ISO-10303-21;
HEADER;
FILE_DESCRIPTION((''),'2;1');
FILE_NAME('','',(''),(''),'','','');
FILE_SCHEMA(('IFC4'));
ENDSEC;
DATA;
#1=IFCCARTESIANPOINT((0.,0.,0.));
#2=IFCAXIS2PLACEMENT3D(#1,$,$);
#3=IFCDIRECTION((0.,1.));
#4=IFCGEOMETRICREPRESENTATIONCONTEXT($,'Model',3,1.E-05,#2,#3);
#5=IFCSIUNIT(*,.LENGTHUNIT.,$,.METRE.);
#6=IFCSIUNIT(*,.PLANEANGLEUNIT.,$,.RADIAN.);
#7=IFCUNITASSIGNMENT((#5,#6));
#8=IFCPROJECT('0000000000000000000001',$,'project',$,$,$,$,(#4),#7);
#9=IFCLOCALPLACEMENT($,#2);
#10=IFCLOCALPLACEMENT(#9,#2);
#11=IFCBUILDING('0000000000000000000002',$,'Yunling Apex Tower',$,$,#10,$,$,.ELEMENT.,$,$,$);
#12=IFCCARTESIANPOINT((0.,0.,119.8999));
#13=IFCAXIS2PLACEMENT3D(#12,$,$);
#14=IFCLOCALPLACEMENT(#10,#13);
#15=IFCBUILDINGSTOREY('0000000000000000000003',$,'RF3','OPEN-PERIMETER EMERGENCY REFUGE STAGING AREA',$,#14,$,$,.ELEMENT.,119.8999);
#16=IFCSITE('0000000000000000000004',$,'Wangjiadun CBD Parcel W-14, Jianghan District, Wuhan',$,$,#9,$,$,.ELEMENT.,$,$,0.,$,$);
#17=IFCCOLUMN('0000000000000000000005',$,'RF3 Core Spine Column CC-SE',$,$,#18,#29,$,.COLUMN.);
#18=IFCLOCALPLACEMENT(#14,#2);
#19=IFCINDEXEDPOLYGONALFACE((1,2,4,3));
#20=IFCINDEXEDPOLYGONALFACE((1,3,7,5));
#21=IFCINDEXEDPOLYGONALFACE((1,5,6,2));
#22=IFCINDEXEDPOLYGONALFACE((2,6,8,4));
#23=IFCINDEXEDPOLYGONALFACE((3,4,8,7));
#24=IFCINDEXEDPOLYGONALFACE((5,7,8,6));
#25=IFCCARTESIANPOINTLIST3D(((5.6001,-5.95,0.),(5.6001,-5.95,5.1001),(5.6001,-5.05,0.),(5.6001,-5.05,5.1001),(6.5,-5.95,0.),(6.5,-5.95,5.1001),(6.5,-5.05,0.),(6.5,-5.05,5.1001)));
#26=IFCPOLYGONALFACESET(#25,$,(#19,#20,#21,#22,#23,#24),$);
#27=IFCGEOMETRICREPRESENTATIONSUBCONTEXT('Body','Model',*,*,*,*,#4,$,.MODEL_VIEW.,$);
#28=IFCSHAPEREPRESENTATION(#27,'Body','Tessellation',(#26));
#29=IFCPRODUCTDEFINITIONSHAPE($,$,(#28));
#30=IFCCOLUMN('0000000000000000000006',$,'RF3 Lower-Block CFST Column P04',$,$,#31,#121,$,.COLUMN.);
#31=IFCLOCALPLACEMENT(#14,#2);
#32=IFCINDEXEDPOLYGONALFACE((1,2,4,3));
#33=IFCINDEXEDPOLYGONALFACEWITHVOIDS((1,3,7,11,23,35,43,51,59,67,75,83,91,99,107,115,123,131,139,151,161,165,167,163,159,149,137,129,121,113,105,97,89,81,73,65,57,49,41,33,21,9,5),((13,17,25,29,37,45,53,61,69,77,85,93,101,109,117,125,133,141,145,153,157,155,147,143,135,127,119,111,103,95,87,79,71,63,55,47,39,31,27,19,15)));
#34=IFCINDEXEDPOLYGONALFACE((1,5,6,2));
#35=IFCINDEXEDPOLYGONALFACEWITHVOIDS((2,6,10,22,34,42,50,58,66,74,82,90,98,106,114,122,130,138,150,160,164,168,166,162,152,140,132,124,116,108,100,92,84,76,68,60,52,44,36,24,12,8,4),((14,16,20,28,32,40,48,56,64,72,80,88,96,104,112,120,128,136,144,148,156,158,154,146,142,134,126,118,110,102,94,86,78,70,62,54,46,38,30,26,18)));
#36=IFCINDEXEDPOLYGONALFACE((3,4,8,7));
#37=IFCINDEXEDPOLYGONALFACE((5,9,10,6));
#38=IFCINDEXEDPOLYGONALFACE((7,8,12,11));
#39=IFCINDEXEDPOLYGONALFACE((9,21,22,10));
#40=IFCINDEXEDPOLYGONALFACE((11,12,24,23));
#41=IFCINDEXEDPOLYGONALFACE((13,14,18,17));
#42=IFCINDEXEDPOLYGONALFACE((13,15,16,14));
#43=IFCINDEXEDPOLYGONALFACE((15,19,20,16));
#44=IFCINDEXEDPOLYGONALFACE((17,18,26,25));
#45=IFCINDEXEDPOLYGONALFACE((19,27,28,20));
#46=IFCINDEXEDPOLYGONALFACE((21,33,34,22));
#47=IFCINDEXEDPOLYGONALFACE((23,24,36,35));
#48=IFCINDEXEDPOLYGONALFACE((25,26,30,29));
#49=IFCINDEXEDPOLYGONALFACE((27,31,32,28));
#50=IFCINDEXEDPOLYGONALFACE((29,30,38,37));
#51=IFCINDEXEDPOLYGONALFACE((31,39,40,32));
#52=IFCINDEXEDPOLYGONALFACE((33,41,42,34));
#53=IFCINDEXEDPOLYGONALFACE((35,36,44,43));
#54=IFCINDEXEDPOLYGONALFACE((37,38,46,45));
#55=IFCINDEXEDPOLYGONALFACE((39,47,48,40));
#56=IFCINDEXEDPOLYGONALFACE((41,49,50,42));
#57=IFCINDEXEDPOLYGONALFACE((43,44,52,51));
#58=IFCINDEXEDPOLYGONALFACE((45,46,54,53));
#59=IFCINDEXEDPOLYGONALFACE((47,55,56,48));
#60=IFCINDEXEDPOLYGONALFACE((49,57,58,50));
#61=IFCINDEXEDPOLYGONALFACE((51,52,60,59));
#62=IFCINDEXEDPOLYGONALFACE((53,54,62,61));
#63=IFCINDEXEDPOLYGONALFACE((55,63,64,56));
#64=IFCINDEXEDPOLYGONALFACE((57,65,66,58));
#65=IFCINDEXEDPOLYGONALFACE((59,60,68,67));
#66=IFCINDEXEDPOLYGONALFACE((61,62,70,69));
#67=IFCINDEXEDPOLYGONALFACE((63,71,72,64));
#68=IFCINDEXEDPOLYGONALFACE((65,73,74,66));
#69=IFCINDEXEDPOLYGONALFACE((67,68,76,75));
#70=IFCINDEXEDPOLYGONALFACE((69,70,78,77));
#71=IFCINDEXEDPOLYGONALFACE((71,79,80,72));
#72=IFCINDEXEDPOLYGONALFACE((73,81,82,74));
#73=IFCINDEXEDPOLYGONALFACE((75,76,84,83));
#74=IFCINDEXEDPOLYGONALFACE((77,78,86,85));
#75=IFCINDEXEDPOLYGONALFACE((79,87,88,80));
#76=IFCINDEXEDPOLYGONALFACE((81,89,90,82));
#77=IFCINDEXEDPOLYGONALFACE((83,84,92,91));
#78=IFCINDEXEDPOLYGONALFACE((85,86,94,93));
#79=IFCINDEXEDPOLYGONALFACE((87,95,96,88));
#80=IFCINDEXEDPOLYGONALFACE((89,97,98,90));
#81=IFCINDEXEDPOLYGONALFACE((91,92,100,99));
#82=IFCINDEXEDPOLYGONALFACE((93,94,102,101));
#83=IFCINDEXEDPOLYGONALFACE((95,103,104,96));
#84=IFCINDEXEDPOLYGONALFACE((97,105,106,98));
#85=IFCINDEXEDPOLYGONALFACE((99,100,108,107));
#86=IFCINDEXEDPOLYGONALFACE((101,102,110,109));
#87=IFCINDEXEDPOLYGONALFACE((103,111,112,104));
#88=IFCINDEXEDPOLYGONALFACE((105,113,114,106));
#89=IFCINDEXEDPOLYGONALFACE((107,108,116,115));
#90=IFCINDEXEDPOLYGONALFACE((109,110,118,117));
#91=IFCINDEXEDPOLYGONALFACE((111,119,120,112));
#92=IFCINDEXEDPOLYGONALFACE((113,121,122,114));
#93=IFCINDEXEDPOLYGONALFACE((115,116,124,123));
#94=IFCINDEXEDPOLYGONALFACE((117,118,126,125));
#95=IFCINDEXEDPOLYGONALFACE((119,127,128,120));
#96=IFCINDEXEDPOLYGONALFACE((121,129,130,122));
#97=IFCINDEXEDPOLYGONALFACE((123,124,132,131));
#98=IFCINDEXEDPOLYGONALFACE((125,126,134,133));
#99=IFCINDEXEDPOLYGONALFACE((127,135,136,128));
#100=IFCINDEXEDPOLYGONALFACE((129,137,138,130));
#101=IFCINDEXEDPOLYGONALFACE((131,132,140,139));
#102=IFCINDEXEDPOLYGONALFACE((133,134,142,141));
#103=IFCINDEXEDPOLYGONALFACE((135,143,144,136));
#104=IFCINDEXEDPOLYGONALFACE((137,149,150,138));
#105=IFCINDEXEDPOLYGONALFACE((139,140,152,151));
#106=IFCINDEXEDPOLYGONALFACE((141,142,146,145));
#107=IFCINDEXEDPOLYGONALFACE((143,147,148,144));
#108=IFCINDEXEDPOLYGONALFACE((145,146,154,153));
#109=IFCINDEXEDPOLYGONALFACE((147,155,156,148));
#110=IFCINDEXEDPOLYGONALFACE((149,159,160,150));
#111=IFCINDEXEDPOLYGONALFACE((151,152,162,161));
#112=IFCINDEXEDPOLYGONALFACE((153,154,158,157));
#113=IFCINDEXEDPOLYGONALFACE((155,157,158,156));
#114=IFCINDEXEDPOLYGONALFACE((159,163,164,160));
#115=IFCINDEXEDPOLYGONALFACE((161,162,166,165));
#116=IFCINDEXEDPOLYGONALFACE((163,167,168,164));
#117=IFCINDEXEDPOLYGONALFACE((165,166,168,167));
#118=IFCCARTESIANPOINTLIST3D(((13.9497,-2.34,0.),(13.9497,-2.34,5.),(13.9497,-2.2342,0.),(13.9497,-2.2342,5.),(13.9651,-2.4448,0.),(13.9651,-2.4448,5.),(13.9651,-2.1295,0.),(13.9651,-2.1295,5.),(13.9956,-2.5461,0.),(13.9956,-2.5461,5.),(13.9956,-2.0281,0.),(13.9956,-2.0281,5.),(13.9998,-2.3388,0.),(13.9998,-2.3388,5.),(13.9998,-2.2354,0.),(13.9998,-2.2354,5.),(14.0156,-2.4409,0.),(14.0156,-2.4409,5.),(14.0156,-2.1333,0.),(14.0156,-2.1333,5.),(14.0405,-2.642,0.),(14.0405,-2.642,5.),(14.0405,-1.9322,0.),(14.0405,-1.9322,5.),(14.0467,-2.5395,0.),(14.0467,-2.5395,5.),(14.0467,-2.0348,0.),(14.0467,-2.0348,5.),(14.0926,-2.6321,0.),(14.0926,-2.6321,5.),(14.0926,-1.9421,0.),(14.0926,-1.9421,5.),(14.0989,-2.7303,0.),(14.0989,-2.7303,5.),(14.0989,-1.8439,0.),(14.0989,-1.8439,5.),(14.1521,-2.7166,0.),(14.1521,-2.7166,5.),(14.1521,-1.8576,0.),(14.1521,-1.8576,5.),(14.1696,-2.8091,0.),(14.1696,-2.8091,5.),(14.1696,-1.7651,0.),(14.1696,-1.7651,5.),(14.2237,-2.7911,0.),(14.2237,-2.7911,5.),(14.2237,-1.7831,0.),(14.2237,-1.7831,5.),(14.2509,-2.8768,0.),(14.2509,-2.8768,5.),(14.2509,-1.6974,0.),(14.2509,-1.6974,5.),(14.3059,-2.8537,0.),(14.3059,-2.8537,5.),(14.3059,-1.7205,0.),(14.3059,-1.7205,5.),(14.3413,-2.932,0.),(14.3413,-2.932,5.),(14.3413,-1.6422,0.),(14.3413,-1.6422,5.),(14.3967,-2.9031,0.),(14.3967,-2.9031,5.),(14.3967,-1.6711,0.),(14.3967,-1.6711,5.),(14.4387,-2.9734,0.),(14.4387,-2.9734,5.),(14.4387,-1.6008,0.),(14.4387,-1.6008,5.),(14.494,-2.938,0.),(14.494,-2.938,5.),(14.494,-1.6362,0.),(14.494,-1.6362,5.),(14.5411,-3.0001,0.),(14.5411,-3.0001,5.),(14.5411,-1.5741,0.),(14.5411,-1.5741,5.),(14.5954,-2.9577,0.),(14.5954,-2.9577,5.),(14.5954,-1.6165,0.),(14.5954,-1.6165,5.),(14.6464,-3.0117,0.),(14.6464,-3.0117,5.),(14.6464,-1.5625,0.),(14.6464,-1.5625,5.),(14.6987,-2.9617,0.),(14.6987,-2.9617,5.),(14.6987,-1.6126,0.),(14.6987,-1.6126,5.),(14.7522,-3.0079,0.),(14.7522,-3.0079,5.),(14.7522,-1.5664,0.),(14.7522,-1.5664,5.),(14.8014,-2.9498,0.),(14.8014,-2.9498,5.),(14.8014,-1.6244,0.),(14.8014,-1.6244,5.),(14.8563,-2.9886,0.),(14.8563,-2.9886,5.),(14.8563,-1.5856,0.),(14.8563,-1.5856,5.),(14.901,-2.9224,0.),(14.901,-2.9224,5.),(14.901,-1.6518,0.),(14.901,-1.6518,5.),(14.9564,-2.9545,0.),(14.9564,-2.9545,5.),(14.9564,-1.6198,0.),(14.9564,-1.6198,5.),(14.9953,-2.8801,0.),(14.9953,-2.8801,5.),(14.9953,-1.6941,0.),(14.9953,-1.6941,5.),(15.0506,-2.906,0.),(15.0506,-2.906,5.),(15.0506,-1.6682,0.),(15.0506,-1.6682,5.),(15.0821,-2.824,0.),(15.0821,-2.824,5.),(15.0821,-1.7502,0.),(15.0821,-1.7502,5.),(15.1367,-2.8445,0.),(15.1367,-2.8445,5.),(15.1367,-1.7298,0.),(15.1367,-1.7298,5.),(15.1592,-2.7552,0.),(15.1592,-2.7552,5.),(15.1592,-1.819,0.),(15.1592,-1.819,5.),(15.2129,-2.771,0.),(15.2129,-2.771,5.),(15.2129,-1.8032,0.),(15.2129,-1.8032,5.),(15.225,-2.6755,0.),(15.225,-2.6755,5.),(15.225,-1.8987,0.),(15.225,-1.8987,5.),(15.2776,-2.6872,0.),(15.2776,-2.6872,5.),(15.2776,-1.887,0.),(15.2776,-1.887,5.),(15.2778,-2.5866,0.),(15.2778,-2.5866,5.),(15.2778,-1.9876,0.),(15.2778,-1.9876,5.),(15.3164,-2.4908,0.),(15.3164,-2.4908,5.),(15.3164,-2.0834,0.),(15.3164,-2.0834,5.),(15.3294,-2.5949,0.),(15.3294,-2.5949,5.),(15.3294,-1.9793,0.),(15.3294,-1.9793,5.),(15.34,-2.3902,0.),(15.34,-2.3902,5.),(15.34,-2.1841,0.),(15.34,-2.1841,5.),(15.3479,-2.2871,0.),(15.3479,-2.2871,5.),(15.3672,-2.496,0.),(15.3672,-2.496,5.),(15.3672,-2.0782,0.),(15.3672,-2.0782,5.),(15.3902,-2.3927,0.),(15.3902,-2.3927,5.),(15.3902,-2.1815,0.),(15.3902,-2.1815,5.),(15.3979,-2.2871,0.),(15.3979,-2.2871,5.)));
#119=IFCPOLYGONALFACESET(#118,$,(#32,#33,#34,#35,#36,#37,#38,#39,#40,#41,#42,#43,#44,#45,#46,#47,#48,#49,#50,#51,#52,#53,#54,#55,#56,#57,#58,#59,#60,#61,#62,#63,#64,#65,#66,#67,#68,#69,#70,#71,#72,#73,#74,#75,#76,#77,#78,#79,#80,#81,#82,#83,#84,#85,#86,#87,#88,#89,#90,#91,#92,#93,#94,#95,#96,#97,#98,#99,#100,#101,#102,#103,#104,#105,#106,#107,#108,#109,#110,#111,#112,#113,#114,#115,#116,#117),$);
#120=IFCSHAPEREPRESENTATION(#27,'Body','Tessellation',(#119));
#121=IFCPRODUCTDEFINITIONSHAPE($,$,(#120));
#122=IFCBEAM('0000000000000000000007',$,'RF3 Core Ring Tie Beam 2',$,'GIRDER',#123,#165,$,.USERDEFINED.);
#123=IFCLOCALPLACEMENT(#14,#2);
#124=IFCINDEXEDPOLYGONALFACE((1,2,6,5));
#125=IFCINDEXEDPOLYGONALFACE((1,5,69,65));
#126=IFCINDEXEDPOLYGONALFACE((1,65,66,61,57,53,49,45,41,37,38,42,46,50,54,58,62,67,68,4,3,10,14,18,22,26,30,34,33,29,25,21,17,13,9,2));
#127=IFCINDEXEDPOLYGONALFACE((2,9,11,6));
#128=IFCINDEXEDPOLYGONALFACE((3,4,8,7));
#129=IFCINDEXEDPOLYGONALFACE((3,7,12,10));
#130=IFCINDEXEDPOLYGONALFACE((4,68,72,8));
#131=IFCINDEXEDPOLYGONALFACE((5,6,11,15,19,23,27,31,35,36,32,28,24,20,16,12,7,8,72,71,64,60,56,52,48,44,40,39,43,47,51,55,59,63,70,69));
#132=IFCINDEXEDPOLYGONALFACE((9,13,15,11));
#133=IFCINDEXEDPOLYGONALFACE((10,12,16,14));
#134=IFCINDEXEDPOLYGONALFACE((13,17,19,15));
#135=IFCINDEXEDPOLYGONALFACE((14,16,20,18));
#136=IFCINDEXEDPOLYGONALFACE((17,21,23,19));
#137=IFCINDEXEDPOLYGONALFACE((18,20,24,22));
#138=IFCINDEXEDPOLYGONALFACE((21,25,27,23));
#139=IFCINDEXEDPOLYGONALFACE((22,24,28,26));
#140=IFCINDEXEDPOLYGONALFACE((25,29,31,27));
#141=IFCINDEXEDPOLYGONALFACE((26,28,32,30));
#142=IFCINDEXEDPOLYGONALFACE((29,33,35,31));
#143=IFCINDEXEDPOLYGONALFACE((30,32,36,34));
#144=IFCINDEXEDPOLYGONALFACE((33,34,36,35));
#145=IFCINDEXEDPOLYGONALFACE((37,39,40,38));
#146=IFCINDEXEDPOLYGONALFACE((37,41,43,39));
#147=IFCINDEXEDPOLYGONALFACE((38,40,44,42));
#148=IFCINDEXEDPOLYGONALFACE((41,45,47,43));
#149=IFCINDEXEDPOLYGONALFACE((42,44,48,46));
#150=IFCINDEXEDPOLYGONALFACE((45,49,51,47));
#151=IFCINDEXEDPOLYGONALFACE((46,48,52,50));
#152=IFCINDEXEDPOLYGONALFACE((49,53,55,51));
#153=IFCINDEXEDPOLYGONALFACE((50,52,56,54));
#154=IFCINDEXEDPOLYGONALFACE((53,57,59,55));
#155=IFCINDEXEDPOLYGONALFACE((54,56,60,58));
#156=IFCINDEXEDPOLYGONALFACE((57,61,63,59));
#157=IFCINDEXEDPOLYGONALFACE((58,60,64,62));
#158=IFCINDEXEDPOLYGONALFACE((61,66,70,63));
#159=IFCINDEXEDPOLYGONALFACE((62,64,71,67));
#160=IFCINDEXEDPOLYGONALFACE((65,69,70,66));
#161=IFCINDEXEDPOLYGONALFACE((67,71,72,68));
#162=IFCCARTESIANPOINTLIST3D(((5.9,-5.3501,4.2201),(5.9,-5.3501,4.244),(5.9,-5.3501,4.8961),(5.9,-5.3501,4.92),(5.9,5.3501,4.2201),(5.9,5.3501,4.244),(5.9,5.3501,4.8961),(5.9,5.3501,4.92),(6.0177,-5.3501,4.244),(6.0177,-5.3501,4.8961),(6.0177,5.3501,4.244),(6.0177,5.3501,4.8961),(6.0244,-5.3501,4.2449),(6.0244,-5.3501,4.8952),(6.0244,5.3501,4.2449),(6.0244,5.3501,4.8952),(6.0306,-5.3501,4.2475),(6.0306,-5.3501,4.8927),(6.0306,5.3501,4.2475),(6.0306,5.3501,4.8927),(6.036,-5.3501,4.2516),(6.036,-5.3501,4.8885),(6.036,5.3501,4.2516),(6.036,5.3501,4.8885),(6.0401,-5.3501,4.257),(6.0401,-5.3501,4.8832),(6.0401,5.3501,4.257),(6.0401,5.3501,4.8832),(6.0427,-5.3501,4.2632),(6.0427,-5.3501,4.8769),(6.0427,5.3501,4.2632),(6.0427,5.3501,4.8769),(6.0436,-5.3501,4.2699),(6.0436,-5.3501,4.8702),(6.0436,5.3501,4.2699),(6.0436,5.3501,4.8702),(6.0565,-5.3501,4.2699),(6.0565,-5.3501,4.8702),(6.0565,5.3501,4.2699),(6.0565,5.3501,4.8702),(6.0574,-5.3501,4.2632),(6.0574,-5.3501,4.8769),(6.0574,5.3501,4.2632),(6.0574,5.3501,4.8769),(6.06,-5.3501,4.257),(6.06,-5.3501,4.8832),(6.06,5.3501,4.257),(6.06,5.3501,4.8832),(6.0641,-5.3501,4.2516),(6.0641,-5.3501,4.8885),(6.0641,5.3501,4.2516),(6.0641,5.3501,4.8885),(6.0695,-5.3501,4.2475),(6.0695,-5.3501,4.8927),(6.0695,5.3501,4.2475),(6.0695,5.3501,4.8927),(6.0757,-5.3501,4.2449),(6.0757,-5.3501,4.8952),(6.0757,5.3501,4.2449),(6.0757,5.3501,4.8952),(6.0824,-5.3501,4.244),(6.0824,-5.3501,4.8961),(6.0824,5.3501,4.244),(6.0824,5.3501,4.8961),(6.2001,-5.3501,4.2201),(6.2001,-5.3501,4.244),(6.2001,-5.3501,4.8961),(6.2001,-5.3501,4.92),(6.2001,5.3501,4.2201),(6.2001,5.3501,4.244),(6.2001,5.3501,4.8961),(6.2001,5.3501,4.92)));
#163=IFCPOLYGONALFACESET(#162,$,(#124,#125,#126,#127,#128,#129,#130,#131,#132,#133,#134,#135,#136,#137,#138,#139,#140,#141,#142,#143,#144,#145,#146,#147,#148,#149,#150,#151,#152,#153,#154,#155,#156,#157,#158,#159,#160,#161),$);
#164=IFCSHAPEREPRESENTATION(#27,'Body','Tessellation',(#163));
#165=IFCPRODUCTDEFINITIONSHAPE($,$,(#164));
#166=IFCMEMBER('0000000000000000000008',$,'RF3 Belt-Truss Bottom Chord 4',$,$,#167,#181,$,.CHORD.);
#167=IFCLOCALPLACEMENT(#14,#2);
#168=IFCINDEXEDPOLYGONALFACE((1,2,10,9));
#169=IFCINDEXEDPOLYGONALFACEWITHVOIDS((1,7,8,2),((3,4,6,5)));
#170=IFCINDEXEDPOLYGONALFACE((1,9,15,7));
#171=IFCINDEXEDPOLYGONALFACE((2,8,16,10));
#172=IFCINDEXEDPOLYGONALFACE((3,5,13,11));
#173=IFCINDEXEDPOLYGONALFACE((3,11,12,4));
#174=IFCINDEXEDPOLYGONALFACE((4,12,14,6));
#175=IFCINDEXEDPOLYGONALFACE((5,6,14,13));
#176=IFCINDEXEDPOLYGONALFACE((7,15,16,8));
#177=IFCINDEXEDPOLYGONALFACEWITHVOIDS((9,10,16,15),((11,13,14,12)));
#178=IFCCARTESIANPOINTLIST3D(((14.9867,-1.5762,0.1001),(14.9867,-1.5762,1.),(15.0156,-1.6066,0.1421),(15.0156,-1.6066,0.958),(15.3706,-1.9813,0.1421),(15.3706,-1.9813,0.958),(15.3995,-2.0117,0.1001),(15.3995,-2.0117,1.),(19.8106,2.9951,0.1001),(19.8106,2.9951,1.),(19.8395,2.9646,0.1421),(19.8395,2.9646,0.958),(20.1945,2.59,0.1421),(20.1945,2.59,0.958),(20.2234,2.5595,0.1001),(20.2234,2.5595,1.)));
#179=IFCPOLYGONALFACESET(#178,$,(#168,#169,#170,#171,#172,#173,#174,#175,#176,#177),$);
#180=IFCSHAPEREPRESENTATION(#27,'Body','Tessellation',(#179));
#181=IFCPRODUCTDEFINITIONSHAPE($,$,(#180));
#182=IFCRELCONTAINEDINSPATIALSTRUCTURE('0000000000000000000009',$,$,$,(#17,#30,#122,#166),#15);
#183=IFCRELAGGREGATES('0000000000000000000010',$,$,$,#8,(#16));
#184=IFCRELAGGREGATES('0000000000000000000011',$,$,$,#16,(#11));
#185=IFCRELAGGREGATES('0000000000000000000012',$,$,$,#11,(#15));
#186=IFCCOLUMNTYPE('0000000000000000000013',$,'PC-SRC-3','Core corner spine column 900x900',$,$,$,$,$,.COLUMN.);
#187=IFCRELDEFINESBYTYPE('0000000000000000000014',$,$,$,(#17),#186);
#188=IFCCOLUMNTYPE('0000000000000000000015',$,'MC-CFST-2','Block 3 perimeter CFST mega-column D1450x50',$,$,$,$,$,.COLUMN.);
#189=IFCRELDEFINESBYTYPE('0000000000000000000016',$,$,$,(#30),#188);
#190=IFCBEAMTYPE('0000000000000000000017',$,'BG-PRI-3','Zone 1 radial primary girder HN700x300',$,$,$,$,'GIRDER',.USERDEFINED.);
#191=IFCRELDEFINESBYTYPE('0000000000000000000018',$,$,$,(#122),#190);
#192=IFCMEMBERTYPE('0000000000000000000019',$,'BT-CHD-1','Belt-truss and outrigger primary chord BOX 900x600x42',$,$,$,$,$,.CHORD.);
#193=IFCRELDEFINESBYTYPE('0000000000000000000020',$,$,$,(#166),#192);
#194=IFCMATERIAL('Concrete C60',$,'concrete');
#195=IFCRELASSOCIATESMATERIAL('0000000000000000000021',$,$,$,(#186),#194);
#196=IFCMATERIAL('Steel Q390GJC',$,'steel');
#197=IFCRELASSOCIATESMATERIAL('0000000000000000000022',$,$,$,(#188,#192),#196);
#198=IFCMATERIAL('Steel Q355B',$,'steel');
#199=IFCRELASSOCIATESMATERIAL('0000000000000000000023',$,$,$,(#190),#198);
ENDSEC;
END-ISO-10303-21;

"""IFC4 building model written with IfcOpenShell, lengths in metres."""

from ifc_helpers import new_model, si_unit, direction, frame, origin, origin_2d, place, context, subcontext, project, spatial, rectangle, hollow_rectangle, hollow_circle, i_section, extrude, source, transform, mapped, material, material_profile, profile_set, type_object, element, save


model = new_model("IFC4")

# Units and contexts
model_context = context("Model", 3, precision=1e-05, world=origin(), true_north=direction((0.0, 1.0)))
body_context = subcontext(model_context, "Body", "Model", "MODEL_VIEW")
ifc_project = project(units=[si_unit("LENGTHUNIT", "METRE"), si_unit("PLANEANGLEUNIT", "RADIAN")], contexts=[model_context])

# Site, building, storey
site_placement = place(None, origin())
site = spatial("IfcSite", under=ifc_project, at=site_placement, Name="Wangjiadun CBD Parcel W-14, Jianghan District, Wuhan", CompositionType="ELEMENT", RefElevation=0.0)
building_placement = place(site_placement, origin())
building = spatial("IfcBuilding", under=site, at=building_placement, Name="Yunling Apex Tower", CompositionType="ELEMENT")
storey_placement = place(building_placement, frame((0.0, 0.0, 119.8999)))
storey = spatial("IfcBuildingStorey", under=building, at=storey_placement, Name="RF3", Description="OPEN-PERIMETER EMERGENCY REFUGE STAGING AREA", CompositionType="ELEMENT", Elevation=119.8999)

# Columns
ifc_material_1 = material(Name="Concrete C60", Category="concrete")
ifc_material_profile_1 = material_profile(ifc_material_1, rectangle(XDim=0.8999, YDim=0.8999, at=origin_2d()))
ifc_profile_set_1 = profile_set([ifc_material_profile_1], Name="Concrete C60")
column_type_1 = type_object("IfcColumnType", Name="PC-SRC-3", Description="Core corner spine column 900x900", PredefinedType="COLUMN", material=ifc_profile_set_1)
shared_shape_1 = source(origin(), body_context, "Body", "SweptSolid", [
    extrude(rectangle(XDim=0.8999, YDim=0.8999, at=origin_2d()), origin(), (0.0, 0.0, 1.0), 5.1001),
])
column_1_placement = place(storey_placement, frame((6.05, -5.5, 0.0), z_axis=(0.0, 0.0, 1.0), x_axis=(1.0, 0.0, 0.0)))
element("IfcColumn", 1, at=column_1_placement, inside=storey, type_object=column_type_1, Name="RF3 Core Spine Column CC-SE", PredefinedType="COLUMN", context=body_context, shape_type="MappedRepresentation", body=[
    mapped(shared_shape_1, transform((0.0, 0.0, 0.0), scale=1.0)),
])
ifc_material_2 = material(Name="Steel Q390GJC", Category="steel")
ifc_material_profile_2 = material_profile(ifc_material_2, hollow_circle(Radius=0.7251, WallThickness=0.05, at=origin_2d()))
ifc_profile_set_2 = profile_set([ifc_material_profile_2], Name="Steel Q390GJC")
column_type_2 = type_object("IfcColumnType", Name="MC-CFST-2", Description="Block 3 perimeter CFST mega-column D1450x50", PredefinedType="COLUMN", material=ifc_profile_set_2)
shared_shape_2 = source(origin(), body_context, "Body", "SweptSolid", [
    extrude(hollow_circle(Radius=0.7251, WallThickness=0.05, at=origin_2d()), origin(), (0.0, 0.0, 1.0), 5.0),
])
column_2_placement = place(storey_placement, frame((14.6729, -2.2871, 0.0), z_axis=(0.0, 0.0, 1.0), x_axis=(1.0, 0.0, 0.0)))
element("IfcColumn", 2, at=column_2_placement, inside=storey, type_object=column_type_2, Name="RF3 Lower-Block CFST Column P04", PredefinedType="COLUMN", context=body_context, shape_type="MappedRepresentation", body=[
    mapped(shared_shape_2, transform((0.0, 0.0, 0.0), scale=1.0)),
])

# Beam
ifc_material_3 = material(Name="Steel Q355B", Category="steel")
ifc_material_profile_3 = material_profile(ifc_material_3, i_section(OverallWidth=0.3, OverallDepth=0.7, WebThickness=0.0129, FlangeThickness=0.0239, FilletRadius=0.0259, at=origin_2d()))
ifc_profile_set_3 = profile_set([ifc_material_profile_3], Name="Steel Q355B")
beam_type_1 = type_object("IfcBeamType", Name="BG-PRI-3", Description="Zone 1 radial primary girder HN700x300", ElementType="GIRDER", PredefinedType="USERDEFINED", material=ifc_profile_set_3)
shared_shape_3 = source(origin(), body_context, "Body", "SweptSolid", [
    extrude(i_section(OverallWidth=0.3, OverallDepth=0.7, WebThickness=0.0129, FlangeThickness=0.0239, FilletRadius=0.0259, at=origin_2d()), origin(), (0.0, 0.0, 1.0), 10.7002),
])
beam_1_placement = place(storey_placement, frame((6.05, -5.3501, 4.5701), z_axis=(0.0, 1.0, 0.0), x_axis=(-1.0, 0.0, 0.0)))
element("IfcBeam", 3, at=beam_1_placement, inside=storey, type_object=beam_type_1, Name="RF3 Core Ring Tie Beam 2", ObjectType="GIRDER", PredefinedType="USERDEFINED", context=body_context, shape_type="MappedRepresentation", body=[
    mapped(shared_shape_3, transform((0.0, 0.0, 0.0), scale=1.0)),
])

# Member
ifc_material_profile_4 = material_profile(ifc_material_2, hollow_rectangle(XDim=0.6001, YDim=0.8999, WallThickness=0.042, at=origin_2d()))
ifc_profile_set_4 = profile_set([ifc_material_profile_4], Name="Steel Q390GJC")
member_type_1 = type_object("IfcMemberType", Name="BT-CHD-1", Description="Belt-truss and outrigger primary chord BOX 900x600x42", PredefinedType="CHORD", material=ifc_profile_set_4)
shared_shape_4 = source(origin(), body_context, "Body", "SweptSolid", [
    extrude(hollow_rectangle(XDim=0.6001, YDim=0.8999, WallThickness=0.042, at=origin_2d()), origin(), (0.0, 0.0, 1.0), 6.6458),
])
member_1_placement = place(storey_placement, frame((15.1931, -1.7939, 0.55), z_axis=(0.725862, 0.68784, 0.0), x_axis=(-0.68784, 0.725862, 0.0)))
element("IfcMember", 4, at=member_1_placement, inside=storey, type_object=member_type_1, Name="RF3 Belt-Truss Bottom Chord 4", PredefinedType="CHORD", context=body_context, shape_type="MappedRepresentation", body=[
    mapped(shared_shape_4, transform((0.0, 0.0, 0.0), scale=1.0)),
])

save(model, "model.ifc")
